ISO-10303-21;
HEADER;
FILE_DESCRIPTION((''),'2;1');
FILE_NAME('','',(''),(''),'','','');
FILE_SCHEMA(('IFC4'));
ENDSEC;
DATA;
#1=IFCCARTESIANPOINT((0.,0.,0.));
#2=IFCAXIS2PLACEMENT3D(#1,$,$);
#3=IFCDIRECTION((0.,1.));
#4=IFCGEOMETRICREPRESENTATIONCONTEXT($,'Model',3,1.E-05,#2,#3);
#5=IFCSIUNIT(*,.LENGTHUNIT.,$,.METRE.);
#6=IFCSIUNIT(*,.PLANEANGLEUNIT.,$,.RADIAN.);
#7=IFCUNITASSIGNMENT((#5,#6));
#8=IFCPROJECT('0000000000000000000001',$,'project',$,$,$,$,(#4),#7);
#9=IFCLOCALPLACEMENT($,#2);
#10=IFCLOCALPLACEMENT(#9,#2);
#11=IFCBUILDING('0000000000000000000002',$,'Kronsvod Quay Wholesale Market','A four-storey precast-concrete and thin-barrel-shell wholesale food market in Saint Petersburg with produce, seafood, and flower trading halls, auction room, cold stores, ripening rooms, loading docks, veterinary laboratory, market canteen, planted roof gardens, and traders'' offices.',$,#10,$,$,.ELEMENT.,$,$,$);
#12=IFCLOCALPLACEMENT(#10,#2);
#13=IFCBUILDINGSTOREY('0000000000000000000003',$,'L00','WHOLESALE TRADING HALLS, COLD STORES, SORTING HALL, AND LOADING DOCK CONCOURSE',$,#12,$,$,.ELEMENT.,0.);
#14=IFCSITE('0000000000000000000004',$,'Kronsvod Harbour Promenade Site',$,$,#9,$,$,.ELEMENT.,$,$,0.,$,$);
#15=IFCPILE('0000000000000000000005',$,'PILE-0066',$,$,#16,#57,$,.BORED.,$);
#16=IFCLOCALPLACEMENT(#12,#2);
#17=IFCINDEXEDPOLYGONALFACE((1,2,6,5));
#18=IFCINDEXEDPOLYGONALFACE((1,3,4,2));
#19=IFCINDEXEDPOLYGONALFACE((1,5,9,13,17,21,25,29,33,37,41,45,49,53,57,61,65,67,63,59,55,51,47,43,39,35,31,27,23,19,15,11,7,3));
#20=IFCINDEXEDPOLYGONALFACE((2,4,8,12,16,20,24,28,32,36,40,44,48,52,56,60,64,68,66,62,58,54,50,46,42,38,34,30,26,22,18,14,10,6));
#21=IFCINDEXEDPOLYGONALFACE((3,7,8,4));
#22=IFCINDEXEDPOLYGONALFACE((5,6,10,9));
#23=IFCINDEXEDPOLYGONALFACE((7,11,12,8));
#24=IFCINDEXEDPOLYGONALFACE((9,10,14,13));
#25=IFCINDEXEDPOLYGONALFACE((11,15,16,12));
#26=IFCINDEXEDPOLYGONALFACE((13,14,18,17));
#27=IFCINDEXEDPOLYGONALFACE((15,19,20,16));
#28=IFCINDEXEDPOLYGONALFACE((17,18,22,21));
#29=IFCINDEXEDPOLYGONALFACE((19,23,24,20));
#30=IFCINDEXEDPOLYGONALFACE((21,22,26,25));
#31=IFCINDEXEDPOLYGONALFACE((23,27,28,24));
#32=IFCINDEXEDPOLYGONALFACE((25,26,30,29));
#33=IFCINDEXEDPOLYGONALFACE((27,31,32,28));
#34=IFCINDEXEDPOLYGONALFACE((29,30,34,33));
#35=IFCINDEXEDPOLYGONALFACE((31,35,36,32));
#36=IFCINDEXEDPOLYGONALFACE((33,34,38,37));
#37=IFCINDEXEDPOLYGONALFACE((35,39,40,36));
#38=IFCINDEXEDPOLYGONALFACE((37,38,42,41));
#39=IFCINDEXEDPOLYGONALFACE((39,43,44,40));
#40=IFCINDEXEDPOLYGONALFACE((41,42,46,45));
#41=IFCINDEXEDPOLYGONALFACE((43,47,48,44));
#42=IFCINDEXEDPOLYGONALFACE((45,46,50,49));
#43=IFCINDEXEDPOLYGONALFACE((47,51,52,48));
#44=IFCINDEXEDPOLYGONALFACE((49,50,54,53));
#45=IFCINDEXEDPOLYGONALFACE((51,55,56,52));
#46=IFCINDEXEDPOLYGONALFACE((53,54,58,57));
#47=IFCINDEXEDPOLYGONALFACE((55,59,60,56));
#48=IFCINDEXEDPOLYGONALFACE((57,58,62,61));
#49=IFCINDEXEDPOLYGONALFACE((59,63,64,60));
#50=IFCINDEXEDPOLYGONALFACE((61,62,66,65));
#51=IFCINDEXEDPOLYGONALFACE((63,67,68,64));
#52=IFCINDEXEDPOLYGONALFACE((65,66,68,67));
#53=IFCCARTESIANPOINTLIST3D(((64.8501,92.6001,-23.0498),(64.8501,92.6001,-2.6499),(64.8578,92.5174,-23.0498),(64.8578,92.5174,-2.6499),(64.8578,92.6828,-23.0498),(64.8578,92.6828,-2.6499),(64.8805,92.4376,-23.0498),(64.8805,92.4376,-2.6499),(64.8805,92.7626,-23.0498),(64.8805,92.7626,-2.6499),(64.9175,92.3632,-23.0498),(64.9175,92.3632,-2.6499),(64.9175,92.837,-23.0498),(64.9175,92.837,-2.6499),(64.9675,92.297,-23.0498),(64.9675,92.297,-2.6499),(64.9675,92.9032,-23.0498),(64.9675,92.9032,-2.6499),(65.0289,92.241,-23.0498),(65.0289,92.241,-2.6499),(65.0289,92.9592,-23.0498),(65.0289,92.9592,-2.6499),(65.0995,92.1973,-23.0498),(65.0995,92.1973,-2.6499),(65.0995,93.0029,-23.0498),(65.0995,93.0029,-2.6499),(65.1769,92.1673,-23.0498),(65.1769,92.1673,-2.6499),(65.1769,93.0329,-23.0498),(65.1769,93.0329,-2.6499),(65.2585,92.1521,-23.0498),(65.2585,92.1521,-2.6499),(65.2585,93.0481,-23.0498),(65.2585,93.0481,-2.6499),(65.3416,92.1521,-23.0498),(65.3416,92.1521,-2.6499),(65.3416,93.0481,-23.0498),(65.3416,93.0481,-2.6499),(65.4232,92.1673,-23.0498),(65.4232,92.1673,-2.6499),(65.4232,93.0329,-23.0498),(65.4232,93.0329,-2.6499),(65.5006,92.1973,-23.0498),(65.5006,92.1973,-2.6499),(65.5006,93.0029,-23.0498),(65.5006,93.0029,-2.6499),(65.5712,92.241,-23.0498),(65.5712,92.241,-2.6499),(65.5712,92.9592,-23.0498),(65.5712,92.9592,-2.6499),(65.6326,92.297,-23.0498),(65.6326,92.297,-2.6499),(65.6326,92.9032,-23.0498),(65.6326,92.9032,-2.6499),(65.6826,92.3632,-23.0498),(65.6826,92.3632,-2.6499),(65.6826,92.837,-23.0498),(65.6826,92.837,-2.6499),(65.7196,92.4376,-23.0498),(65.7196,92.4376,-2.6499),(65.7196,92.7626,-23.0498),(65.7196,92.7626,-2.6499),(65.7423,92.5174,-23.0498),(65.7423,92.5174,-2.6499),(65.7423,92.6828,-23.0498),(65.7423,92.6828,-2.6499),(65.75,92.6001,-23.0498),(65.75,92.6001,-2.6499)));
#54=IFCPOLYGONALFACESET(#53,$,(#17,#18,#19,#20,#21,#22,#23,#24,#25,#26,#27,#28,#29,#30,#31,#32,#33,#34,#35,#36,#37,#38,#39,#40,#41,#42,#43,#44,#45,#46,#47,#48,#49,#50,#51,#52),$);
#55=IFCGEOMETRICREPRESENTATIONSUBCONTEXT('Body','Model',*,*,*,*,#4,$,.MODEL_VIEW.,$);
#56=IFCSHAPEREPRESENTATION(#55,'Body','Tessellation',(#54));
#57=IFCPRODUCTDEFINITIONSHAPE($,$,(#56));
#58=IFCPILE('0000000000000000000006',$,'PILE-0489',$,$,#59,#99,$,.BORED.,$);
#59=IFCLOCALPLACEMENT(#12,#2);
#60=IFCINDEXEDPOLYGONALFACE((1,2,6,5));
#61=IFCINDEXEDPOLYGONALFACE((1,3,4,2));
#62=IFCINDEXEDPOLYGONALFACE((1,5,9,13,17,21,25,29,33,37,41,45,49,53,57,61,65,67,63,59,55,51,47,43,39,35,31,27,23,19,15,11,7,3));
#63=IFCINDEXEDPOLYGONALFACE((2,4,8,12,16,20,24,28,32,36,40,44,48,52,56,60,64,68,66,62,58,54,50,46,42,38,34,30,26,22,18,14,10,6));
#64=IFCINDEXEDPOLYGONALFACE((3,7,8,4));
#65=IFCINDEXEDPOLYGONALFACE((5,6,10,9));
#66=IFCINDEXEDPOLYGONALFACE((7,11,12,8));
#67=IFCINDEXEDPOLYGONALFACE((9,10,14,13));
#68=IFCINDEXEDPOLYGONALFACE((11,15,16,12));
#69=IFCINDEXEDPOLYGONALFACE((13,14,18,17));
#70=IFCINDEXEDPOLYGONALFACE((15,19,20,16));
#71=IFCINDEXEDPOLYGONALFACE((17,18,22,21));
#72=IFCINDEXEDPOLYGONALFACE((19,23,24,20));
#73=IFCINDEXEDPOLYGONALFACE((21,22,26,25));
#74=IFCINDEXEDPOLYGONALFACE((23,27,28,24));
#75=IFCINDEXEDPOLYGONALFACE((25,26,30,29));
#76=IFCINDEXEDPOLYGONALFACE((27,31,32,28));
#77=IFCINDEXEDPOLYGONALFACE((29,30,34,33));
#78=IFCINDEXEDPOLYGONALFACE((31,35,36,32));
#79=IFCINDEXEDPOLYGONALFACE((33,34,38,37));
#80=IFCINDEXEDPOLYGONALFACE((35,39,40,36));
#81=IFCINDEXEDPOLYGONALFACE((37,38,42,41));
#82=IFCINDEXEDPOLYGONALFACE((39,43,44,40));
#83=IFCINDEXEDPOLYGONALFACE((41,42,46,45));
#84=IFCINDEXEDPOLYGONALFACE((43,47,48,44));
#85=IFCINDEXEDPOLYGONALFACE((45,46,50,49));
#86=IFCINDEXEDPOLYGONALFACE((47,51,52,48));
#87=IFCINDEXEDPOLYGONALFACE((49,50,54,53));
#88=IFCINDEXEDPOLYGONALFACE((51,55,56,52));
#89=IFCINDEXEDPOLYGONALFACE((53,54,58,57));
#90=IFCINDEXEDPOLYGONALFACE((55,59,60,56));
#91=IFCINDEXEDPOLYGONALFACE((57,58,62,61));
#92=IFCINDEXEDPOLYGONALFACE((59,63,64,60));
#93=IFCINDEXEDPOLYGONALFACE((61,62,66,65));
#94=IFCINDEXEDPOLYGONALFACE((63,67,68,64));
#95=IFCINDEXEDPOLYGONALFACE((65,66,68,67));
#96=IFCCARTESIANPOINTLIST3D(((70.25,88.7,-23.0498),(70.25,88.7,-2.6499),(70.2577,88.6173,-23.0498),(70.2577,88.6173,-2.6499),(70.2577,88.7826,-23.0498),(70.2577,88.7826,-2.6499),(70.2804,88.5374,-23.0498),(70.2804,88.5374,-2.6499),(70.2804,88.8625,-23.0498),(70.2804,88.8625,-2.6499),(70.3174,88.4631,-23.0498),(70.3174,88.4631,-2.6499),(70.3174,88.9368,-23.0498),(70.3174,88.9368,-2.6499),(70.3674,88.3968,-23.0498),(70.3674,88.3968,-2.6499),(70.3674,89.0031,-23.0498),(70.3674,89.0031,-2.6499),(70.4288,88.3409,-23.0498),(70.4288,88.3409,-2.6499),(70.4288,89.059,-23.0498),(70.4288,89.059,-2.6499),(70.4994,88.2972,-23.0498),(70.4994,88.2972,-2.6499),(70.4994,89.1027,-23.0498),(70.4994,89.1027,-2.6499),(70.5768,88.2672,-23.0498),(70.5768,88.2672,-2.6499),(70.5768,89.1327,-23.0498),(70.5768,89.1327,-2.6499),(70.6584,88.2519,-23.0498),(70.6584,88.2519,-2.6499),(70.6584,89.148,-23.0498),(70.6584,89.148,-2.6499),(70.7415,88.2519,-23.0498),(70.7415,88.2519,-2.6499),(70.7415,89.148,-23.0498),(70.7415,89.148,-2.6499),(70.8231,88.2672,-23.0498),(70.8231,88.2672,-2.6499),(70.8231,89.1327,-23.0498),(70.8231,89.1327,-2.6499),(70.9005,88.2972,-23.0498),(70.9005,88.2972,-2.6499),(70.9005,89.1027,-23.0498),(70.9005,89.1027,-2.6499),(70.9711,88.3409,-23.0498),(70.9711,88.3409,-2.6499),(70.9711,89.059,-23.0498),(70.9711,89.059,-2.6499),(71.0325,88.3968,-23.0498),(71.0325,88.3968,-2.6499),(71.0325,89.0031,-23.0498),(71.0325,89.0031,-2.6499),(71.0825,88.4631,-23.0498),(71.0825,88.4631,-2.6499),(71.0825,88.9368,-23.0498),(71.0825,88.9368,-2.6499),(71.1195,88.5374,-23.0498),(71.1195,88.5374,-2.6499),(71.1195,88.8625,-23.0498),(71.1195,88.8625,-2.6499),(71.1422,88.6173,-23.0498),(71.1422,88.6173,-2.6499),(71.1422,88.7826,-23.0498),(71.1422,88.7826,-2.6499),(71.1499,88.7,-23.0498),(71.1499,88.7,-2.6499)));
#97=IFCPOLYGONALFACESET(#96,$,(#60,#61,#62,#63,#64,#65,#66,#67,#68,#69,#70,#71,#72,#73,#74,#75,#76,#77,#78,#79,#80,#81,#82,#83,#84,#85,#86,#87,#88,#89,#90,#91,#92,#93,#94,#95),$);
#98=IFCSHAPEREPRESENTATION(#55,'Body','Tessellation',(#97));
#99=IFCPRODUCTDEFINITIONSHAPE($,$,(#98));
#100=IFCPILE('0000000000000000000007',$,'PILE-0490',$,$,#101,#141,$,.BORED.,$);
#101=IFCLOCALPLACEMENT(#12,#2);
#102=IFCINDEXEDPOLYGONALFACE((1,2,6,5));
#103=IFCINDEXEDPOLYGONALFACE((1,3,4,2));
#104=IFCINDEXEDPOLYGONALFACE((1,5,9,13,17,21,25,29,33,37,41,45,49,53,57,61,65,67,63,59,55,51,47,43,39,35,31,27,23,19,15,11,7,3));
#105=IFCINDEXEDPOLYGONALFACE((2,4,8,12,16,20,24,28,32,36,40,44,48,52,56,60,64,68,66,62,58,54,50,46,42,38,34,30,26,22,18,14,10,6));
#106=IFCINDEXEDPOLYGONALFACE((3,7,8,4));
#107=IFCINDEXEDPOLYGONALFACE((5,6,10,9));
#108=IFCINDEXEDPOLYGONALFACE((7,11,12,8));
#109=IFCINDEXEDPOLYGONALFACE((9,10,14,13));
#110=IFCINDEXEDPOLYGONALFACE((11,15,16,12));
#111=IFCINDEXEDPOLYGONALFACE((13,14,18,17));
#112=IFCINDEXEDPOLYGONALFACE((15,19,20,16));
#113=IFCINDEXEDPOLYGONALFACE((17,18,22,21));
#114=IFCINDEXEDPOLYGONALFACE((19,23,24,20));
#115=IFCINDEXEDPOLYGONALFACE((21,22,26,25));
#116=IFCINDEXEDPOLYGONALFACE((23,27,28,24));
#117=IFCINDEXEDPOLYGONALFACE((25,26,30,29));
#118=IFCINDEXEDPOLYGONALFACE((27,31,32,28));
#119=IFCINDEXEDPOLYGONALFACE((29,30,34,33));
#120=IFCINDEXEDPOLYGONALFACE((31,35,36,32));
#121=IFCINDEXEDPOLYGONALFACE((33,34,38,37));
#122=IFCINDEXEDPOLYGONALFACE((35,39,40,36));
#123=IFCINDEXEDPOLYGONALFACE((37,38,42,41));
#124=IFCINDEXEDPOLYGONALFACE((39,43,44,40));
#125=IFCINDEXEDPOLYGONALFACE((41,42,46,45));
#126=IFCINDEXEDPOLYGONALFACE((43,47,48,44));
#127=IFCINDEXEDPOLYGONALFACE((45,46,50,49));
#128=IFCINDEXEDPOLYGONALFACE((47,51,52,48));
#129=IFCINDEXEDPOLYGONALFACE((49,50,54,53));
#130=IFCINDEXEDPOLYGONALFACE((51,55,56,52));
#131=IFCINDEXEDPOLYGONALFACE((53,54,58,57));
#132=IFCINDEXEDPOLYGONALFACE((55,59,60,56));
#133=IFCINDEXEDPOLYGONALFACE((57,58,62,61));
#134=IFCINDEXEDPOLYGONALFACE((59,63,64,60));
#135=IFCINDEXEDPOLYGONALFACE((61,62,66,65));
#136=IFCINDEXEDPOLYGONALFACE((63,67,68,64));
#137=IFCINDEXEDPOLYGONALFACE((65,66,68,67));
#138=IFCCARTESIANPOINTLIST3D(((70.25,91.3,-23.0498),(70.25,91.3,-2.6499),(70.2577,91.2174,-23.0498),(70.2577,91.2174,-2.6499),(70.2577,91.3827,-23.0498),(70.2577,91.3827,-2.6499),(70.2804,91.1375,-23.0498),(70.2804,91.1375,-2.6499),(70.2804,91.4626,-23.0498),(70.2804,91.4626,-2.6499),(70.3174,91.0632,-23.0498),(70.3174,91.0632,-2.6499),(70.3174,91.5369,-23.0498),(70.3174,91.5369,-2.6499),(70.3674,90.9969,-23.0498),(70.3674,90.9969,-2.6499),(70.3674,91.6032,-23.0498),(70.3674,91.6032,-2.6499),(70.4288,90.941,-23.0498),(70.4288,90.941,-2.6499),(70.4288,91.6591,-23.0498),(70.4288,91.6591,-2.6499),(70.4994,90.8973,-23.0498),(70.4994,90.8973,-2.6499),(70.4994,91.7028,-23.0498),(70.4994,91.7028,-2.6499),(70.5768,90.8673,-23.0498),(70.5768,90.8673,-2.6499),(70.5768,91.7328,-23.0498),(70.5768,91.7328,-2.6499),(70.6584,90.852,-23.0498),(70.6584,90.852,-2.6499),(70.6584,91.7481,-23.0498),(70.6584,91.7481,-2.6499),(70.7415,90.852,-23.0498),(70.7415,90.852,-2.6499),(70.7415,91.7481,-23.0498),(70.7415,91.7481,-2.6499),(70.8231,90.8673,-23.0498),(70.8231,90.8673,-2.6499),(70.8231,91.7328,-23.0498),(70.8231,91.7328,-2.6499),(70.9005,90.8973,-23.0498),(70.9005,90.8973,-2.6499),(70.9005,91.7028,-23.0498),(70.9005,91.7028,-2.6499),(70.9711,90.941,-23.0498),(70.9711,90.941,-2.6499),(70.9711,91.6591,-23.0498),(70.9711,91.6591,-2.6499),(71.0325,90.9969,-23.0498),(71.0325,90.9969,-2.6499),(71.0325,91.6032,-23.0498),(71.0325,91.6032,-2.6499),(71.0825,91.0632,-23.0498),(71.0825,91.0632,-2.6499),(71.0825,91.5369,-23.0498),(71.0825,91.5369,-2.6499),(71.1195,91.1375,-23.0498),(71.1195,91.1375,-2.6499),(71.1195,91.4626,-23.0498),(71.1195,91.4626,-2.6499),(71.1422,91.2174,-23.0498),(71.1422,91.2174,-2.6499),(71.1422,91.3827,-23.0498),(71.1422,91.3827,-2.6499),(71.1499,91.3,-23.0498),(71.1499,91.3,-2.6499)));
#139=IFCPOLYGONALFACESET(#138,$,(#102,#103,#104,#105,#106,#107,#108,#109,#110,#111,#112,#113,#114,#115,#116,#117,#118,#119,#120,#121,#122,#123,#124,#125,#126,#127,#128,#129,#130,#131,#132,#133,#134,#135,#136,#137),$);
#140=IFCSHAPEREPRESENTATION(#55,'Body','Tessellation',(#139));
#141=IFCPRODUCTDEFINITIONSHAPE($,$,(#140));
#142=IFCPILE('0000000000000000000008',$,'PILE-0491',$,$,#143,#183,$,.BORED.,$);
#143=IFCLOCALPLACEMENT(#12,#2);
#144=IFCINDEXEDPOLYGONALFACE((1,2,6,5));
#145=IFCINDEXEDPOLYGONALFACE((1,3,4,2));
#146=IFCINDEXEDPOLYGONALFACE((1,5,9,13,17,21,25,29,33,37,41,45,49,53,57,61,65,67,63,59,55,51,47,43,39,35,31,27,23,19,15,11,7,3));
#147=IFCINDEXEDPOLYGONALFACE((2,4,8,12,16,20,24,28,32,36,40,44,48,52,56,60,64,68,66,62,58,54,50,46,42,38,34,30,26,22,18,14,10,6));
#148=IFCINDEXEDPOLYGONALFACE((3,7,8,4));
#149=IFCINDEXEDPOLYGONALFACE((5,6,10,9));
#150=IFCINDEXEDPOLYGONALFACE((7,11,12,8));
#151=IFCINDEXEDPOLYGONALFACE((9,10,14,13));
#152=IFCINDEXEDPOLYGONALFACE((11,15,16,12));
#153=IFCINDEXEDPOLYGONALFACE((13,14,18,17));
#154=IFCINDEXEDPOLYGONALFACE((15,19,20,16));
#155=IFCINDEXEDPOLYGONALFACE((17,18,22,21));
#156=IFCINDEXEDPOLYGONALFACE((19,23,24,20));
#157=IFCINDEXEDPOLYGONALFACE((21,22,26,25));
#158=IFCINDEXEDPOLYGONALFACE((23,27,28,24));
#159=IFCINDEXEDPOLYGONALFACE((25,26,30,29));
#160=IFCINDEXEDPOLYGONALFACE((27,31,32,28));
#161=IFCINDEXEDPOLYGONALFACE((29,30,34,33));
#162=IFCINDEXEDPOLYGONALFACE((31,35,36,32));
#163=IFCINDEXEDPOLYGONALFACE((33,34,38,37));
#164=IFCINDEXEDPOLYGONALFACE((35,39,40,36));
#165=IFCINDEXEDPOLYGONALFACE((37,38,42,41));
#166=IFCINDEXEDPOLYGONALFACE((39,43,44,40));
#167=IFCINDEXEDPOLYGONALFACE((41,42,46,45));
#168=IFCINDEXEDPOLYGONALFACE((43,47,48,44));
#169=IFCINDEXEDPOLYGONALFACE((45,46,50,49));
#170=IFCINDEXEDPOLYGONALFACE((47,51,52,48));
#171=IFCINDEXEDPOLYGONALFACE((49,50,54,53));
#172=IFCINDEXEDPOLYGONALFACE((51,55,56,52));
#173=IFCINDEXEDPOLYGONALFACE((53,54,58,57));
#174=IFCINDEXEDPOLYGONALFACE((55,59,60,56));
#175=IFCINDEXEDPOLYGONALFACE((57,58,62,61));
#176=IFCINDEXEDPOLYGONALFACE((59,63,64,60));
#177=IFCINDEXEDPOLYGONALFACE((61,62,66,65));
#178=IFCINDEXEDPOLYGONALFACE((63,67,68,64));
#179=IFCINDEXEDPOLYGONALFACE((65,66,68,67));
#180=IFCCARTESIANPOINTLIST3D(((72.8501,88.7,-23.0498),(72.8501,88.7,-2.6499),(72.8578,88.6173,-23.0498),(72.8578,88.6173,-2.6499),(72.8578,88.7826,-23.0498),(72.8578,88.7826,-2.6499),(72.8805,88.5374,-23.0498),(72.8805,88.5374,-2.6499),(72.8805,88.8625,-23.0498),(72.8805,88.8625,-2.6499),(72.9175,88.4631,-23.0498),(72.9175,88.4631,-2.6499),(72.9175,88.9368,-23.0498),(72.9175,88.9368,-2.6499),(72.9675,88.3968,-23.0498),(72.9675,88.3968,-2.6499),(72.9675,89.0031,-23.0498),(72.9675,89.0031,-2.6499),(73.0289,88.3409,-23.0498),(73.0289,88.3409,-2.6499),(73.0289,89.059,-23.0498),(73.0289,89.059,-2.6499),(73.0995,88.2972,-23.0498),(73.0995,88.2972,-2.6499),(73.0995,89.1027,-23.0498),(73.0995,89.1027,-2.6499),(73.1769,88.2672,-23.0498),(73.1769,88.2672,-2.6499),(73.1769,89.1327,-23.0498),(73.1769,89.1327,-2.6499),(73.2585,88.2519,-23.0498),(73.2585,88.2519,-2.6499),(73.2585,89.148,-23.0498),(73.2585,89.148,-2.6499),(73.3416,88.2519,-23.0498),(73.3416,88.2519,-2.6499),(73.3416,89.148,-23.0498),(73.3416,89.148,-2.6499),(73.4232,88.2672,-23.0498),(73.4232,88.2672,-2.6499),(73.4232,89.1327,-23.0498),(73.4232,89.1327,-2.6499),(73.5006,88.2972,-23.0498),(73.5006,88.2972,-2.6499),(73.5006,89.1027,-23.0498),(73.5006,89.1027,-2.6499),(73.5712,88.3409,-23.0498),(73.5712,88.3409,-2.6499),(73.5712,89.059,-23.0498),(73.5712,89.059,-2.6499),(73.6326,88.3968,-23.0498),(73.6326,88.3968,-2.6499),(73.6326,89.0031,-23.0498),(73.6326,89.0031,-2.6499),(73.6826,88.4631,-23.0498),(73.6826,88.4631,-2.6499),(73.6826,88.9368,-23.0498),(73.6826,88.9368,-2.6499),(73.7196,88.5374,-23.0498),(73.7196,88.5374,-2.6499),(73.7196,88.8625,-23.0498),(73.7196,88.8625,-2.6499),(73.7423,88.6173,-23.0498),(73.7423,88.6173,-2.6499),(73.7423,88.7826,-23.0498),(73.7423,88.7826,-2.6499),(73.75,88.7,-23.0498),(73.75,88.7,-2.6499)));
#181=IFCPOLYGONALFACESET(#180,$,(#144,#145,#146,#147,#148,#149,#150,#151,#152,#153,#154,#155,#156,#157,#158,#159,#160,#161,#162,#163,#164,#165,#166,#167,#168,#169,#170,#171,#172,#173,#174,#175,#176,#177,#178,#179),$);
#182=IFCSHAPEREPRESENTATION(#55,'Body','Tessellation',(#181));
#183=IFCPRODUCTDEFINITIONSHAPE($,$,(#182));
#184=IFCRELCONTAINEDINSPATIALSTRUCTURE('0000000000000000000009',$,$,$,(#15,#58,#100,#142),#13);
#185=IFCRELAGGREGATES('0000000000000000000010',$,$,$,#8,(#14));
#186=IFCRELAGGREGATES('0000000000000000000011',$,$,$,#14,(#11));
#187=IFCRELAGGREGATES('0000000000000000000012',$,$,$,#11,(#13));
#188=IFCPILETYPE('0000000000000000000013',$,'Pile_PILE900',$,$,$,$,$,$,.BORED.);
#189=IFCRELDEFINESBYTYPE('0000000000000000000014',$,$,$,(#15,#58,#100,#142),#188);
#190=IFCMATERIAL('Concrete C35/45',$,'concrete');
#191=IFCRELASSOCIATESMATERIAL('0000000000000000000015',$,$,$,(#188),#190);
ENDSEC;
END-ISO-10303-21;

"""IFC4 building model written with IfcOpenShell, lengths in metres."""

from ifc_helpers import new_model, si_unit, direction, frame, origin, origin_2d, place, context, subcontext, project, spatial, circle, extrude, material, material_profile, profile_set, type_object, element, save


model = new_model("IFC4")

# Units and contexts
model_context = context("Model", 3, precision=1e-05, world=origin(), true_north=direction((0.0, 1.0)))
body_context = subcontext(model_context, "Body", "Model", "MODEL_VIEW")
ifc_project = project(units=[si_unit("LENGTHUNIT", "METRE"), si_unit("PLANEANGLEUNIT", "RADIAN")], contexts=[model_context])

# Site, building, storey
site_placement = place(None, origin())
site = spatial("IfcSite", under=ifc_project, at=site_placement, Name="Kronsvod Harbour Promenade Site", CompositionType="ELEMENT", RefElevation=0.0)
building_placement = place(site_placement, origin())
building = spatial("IfcBuilding", under=site, at=building_placement, Name="Kronsvod Quay Wholesale Market", Description="A four-storey precast-concrete and thin-barrel-shell wholesale food market in Saint Petersburg with produce, seafood, and flower trading halls, auction room, cold stores, ripening rooms, loading docks, veterinary laboratory, market canteen, planted roof gardens, and traders' offices.", CompositionType="ELEMENT")
storey_placement = place(building_placement, origin())
storey = spatial("IfcBuildingStorey", under=building, at=storey_placement, Name="L00", Description="WHOLESALE TRADING HALLS, COLD STORES, SORTING HALL, AND LOADING DOCK CONCOURSE", CompositionType="ELEMENT", Elevation=0.0)

# Piles
ifc_material_1 = material(Name="Concrete C35/45", Category="concrete")
ifc_material_profile_1 = material_profile(ifc_material_1, circle(Radius=0.45, at=origin_2d()), Name="PILE900")
ifc_profile_set_1 = profile_set([ifc_material_profile_1], Name="Concrete C35/45")
pile_type = type_object("IfcPileType", Name="Pile_PILE900", PredefinedType="BORED", material=ifc_profile_set_1)
for number, where, z_axis, x_axis, name in (
    (1, (65.3, 92.6001, -2.6499), (0.0, 0.0, -1.0), (1.0, 0.0, 0.0), "PILE-0066"),
    (2, (70.7, 88.7, -2.6499), (0.0, 0.0, -1.0), (1.0, 0.0, 0.0), "PILE-0489"),
    (3, (70.7, 91.3, -2.6499), (0.0, 0.0, -1.0), (1.0, 0.0, 0.0), "PILE-0490"),
    (4, (73.3, 88.7, -2.6499), (0.0, 0.0, -1.0), (1.0, 0.0, 0.0), "PILE-0491"),
):
    element("IfcPile", number, at=place(storey_placement, frame(where, z_axis=z_axis, x_axis=x_axis)), inside=storey, type_object=pile_type, Name=name, PredefinedType="BORED", context=body_context, shape_type="SweptSolid", body=[
        extrude(circle(Radius=0.45, at=origin_2d()), origin(), (0.0, 0.0, 1.0), 20.3999),
    ])

save(model, "model.ifc")
